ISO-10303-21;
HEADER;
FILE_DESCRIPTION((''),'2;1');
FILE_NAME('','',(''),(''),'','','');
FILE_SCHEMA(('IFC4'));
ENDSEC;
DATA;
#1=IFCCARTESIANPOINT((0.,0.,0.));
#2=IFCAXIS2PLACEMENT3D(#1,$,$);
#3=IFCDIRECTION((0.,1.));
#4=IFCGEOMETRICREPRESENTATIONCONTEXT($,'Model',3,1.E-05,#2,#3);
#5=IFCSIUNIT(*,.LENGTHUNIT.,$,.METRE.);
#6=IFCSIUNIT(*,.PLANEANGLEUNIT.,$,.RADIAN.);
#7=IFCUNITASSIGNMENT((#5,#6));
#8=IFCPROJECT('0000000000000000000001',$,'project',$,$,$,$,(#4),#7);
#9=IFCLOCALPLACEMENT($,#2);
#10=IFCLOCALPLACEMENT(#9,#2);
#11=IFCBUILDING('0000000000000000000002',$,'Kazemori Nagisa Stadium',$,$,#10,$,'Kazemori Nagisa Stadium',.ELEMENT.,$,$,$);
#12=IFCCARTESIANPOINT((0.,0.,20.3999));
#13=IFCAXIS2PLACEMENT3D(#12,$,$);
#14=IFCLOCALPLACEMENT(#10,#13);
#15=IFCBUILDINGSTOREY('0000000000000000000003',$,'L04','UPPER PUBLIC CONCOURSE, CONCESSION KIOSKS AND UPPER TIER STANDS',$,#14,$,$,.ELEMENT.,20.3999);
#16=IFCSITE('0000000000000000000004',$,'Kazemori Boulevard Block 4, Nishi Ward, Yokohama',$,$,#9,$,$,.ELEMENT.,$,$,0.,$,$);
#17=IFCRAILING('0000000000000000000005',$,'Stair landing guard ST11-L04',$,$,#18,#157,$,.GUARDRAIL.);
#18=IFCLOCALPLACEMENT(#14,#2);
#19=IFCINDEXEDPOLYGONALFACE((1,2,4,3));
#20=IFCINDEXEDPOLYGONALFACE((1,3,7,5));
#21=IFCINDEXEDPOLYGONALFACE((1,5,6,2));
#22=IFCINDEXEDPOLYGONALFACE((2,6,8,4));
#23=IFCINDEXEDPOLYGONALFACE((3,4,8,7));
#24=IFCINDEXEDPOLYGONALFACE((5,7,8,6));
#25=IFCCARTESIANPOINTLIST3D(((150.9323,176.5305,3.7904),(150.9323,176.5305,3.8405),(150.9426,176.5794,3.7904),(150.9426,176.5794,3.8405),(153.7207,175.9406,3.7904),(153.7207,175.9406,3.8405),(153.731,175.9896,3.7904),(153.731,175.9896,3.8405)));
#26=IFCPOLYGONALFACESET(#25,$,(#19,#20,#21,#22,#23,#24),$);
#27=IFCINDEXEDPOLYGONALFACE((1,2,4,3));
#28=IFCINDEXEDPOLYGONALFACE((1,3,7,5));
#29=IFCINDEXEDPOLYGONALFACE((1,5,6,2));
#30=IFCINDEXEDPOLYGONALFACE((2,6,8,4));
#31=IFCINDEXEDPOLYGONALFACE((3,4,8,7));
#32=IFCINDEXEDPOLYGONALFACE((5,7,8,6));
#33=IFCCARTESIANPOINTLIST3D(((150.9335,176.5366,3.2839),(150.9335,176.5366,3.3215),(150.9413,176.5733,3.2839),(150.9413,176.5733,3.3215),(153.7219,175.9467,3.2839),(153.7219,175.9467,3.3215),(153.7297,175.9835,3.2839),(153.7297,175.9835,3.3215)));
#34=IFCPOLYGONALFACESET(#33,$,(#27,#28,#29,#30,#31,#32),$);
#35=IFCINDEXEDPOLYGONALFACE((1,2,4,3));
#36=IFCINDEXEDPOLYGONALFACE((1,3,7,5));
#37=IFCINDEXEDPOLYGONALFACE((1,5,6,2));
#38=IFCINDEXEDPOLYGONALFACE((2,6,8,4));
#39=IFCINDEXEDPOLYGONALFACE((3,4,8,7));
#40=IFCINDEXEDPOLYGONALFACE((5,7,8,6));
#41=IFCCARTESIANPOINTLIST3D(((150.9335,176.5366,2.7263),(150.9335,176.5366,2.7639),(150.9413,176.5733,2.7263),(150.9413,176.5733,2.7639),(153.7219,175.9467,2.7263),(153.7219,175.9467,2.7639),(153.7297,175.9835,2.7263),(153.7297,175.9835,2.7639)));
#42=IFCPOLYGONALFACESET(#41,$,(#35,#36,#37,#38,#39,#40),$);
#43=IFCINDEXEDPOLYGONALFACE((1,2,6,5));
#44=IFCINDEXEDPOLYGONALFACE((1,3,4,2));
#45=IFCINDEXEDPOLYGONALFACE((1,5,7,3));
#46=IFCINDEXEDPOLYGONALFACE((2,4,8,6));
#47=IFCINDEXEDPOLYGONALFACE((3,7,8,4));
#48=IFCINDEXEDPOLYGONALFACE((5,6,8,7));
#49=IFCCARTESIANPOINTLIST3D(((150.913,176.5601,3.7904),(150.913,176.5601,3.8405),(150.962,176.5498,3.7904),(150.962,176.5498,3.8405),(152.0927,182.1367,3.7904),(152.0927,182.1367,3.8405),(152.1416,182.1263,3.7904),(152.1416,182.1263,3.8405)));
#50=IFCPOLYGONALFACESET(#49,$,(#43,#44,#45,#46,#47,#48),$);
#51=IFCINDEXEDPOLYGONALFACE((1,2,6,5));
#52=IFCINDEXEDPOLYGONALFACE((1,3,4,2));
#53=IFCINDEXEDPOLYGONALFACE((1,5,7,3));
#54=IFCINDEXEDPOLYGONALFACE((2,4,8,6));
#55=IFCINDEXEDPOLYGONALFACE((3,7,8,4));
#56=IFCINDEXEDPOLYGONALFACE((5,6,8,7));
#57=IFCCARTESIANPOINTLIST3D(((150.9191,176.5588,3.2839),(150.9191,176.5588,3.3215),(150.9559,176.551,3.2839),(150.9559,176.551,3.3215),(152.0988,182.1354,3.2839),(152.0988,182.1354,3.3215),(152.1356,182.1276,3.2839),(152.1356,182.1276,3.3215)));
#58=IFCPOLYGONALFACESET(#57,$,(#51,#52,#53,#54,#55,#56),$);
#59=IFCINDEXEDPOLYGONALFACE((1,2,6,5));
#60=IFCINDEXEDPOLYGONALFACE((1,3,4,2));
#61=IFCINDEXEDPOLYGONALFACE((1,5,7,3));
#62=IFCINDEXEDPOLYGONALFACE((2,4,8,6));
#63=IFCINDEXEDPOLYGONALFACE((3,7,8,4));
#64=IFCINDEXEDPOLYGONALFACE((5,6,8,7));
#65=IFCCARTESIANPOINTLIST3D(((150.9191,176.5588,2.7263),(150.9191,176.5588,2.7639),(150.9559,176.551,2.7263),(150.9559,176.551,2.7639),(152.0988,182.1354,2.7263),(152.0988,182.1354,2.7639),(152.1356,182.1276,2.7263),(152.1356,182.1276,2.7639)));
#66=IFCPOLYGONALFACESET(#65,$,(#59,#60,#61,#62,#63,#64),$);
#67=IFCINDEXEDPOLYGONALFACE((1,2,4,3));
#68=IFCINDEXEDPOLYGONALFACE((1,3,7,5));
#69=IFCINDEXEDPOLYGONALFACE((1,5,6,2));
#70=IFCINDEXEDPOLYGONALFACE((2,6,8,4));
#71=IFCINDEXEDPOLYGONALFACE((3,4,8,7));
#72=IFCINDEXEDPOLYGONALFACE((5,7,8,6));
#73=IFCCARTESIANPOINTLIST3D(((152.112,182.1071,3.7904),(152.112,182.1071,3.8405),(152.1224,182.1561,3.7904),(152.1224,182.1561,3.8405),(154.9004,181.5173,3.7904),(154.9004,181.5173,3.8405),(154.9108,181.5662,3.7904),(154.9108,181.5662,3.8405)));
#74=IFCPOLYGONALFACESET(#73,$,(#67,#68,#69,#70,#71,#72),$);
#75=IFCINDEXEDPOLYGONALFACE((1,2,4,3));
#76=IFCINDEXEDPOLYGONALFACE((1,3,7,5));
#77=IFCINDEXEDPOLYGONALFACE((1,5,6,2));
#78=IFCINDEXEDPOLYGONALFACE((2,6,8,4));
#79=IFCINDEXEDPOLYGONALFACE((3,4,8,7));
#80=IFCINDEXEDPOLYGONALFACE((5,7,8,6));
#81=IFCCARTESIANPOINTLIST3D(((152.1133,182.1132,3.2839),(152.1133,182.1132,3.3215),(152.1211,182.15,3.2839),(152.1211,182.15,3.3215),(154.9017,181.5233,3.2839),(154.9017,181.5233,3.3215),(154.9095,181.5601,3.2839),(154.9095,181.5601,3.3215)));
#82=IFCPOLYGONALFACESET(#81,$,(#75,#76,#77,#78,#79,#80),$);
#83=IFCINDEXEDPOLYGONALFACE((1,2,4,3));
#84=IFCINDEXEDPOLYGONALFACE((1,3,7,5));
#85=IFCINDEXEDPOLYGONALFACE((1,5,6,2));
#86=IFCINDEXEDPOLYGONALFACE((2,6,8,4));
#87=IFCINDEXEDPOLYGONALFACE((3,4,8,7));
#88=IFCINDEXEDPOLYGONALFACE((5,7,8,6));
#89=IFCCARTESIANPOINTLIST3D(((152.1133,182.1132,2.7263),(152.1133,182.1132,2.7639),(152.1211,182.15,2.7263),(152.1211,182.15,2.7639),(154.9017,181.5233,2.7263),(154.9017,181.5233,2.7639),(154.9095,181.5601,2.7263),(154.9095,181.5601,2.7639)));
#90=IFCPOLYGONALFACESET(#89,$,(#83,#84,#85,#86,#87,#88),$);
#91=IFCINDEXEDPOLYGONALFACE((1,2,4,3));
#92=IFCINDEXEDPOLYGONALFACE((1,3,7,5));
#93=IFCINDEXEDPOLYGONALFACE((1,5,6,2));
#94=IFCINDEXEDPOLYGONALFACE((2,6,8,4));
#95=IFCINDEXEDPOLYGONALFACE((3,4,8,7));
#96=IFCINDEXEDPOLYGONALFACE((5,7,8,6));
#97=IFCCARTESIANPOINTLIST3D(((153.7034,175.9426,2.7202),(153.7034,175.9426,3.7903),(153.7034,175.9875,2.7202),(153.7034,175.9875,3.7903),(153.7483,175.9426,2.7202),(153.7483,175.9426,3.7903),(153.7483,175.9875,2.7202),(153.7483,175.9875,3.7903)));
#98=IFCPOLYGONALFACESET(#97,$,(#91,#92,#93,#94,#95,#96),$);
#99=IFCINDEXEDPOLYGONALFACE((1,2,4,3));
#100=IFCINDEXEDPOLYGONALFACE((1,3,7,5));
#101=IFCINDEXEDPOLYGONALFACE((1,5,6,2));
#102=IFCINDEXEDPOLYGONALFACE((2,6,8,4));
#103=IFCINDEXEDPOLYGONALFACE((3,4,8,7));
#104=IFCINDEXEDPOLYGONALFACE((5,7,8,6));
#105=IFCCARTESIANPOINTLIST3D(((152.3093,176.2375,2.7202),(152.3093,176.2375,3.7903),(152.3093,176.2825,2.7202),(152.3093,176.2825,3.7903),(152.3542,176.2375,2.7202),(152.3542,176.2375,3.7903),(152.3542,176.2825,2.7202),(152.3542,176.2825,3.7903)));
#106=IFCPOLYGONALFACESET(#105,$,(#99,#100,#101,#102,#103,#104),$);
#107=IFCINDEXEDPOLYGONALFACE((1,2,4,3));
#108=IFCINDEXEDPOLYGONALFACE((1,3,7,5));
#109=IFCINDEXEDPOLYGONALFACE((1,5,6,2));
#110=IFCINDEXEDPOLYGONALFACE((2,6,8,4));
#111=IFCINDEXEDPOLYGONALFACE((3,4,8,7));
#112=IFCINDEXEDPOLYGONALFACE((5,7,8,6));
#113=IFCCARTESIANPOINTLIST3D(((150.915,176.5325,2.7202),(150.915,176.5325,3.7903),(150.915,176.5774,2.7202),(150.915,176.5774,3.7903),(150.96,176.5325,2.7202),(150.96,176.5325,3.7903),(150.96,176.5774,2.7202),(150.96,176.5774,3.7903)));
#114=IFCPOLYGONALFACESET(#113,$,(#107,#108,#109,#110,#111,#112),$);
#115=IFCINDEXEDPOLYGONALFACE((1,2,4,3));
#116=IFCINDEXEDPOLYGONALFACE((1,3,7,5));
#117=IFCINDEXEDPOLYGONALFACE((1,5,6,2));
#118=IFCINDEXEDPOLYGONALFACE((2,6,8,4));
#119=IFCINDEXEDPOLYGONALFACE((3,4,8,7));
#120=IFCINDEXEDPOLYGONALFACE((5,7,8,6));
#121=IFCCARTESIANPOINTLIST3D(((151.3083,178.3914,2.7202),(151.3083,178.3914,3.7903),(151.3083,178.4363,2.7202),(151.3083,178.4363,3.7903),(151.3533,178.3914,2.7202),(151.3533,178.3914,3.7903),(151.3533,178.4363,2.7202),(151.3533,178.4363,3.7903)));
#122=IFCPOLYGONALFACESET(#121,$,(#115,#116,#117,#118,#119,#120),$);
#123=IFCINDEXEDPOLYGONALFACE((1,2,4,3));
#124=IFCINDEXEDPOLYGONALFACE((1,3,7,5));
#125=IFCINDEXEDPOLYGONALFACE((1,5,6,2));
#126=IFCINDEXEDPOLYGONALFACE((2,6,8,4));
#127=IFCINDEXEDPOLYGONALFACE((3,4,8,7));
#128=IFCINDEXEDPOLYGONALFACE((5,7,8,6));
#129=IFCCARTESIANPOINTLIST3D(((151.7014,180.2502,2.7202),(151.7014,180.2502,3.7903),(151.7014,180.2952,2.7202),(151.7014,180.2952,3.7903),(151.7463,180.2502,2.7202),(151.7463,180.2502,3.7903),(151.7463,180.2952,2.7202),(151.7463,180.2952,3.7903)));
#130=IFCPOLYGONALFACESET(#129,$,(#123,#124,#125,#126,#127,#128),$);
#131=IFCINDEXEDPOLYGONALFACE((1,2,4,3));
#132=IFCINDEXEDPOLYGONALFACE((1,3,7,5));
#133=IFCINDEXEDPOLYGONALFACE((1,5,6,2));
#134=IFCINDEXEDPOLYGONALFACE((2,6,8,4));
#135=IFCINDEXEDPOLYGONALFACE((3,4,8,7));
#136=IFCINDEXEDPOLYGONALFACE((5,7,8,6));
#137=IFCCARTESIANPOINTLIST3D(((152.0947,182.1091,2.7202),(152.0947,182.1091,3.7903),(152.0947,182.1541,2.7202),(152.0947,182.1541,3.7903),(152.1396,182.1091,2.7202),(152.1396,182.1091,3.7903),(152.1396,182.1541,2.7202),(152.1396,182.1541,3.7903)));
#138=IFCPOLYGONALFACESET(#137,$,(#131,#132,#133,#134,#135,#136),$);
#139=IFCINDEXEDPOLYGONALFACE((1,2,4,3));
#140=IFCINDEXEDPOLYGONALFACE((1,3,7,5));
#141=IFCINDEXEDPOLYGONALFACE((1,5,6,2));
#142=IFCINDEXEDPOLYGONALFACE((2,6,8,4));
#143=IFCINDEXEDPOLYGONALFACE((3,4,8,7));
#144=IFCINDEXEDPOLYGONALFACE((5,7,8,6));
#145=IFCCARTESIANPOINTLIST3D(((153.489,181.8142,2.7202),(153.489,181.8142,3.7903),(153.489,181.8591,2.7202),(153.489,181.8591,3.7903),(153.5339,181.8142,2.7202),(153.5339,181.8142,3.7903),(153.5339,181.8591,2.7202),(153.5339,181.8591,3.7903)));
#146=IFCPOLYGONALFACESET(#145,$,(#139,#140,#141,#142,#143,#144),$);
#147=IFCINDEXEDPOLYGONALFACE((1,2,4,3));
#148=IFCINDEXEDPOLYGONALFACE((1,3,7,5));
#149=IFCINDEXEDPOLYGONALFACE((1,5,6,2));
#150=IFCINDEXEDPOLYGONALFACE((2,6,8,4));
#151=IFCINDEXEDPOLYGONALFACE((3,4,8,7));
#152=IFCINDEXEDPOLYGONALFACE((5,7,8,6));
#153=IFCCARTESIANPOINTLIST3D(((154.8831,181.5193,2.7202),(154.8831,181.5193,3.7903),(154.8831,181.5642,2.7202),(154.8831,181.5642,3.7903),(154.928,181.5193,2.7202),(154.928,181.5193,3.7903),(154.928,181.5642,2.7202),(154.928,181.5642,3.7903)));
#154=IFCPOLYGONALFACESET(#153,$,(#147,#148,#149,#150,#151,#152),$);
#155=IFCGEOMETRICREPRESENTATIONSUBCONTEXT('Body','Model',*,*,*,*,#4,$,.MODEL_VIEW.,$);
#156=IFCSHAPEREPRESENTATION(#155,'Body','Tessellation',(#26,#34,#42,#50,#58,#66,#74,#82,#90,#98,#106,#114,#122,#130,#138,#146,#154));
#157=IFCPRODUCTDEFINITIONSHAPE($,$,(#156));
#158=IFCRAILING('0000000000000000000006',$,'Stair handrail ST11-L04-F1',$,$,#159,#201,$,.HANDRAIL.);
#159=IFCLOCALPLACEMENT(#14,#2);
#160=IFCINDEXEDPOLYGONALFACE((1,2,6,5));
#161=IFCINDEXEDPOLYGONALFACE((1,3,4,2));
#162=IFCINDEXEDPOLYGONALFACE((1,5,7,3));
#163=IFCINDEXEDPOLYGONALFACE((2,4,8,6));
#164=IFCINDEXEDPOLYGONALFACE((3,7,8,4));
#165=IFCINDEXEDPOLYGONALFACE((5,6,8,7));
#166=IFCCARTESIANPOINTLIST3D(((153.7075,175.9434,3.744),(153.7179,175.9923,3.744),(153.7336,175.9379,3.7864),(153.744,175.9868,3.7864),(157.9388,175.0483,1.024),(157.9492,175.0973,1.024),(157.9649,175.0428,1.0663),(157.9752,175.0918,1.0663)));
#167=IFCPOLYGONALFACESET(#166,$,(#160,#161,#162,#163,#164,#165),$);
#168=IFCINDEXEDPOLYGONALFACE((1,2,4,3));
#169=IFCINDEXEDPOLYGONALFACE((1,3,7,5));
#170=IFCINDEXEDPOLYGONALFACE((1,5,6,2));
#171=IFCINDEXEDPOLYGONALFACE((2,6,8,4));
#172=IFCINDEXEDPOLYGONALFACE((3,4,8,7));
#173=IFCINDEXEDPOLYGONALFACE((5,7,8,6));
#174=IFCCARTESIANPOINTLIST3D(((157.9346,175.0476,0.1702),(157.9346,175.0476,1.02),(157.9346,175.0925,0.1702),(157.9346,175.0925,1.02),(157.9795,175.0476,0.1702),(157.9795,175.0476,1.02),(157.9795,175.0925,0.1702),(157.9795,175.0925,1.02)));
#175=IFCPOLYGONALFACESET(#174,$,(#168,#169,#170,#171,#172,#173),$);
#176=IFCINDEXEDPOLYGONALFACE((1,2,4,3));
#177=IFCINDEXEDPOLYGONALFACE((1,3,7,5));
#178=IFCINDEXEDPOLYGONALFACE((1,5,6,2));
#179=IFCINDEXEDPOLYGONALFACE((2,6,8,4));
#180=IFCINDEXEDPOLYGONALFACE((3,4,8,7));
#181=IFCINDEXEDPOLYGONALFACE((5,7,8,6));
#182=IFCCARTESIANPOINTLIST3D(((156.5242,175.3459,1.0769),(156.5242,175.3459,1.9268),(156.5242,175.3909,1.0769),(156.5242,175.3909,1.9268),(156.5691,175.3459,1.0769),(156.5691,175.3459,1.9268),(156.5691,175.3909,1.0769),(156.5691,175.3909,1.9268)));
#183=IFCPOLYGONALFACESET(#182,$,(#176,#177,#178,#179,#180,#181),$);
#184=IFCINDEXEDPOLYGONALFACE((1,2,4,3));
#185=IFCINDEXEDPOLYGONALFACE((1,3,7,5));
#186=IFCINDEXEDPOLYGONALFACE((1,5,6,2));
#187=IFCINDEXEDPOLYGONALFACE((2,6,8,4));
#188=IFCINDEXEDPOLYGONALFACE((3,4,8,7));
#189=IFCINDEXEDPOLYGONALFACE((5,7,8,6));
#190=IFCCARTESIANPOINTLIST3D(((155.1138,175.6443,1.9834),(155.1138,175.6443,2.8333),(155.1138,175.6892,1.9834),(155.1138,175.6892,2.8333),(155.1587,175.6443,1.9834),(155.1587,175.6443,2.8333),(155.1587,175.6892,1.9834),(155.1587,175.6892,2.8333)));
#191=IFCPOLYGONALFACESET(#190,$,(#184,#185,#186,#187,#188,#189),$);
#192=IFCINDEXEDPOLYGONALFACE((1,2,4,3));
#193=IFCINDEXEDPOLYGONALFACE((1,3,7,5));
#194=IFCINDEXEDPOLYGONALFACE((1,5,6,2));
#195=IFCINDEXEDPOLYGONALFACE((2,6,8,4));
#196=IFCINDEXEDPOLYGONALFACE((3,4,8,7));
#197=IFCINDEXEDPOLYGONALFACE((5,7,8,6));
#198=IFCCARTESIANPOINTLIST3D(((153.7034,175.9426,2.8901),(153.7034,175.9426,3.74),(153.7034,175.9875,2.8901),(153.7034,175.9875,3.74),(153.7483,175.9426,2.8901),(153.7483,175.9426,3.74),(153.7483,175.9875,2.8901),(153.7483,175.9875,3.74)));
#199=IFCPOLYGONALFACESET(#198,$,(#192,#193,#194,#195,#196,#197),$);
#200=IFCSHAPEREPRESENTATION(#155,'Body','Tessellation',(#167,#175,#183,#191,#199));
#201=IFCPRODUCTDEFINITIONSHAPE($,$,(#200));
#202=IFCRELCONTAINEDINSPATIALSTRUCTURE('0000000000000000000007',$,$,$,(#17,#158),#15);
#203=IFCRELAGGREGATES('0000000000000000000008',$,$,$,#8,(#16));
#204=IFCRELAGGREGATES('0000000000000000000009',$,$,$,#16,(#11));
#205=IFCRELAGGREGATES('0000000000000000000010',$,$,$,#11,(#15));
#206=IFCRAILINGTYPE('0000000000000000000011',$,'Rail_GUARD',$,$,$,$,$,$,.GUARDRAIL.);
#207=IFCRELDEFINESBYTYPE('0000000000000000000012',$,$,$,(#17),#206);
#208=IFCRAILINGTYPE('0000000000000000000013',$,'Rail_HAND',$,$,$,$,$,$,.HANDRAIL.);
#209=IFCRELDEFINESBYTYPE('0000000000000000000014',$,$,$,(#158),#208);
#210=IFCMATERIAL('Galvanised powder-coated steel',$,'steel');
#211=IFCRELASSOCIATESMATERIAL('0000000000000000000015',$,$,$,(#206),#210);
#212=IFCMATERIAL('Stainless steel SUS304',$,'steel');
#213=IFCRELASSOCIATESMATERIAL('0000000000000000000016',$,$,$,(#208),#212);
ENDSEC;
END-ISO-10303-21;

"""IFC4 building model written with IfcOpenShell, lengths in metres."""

from ifc_helpers import new_model, si_unit, direction, frame, origin, origin_2d, place, context, subcontext, project, spatial, rectangle, extrude, material, type_object, element, save


model = new_model("IFC4")

# Units and contexts
model_context = context("Model", 3, precision=1e-05, world=origin(), true_north=direction((0.0, 1.0)))
body_context = subcontext(model_context, "Body", "Model", "MODEL_VIEW")
ifc_project = project(units=[si_unit("LENGTHUNIT", "METRE"), si_unit("PLANEANGLEUNIT", "RADIAN")], contexts=[model_context])

# Site, building, storey
site_placement = place(None, origin())
site = spatial("IfcSite", under=ifc_project, at=site_placement, Name="Kazemori Boulevard Block 4, Nishi Ward, Yokohama", CompositionType="ELEMENT", RefElevation=0.0)
building_placement = place(site_placement, origin())
building = spatial("IfcBuilding", under=site, at=building_placement, Name="Kazemori Nagisa Stadium", LongName="Kazemori Nagisa Stadium", CompositionType="ELEMENT")
storey_placement = place(building_placement, frame((0.0, 0.0, 20.3999)))
storey = spatial("IfcBuildingStorey", under=building, at=storey_placement, Name="L04", Description="UPPER PUBLIC CONCOURSE, CONCESSION KIOSKS AND UPPER TIER STANDS", CompositionType="ELEMENT", Elevation=20.3999)

# Shared definitions
ifc_material_1 = material(Name="Stainless steel SUS304", Category="steel")

# Railings
ifc_material_2 = material(Name="Galvanised powder-coated steel", Category="steel")
railing_type_1 = type_object("IfcRailingType", Name="Rail_GUARD", PredefinedType="GUARDRAIL", material=ifc_material_2)
railing_1_placement = place(storey_placement, frame((153.7258, 175.9651, 2.7202)))
element("IfcRailing", 1, at=railing_1_placement, inside=storey, type_object=railing_type_1, Name="Stair landing guard ST11-L04", PredefinedType="GUARDRAIL", context=body_context, shape_type="SweptSolid", body=[
    extrude(rectangle(XDim=0.05, YDim=0.05, at=origin_2d()), frame((0.0, 0.0, 1.0952), z_axis=(-0.978349, 0.20696, 0.0), x_axis=(-0.20696, -0.978349, 0.0)), (0.0, 0.0, 1.0), 2.8501),
    extrude(rectangle(XDim=0.0376, YDim=0.0376, at=origin_2d()), frame((0.0, 0.0, 0.5825), z_axis=(-0.978349, 0.20696, 0.0), x_axis=(-0.20696, -0.978349, 0.0)), (0.0, 0.0, 1.0), 2.8501),
    extrude(rectangle(XDim=0.0376, YDim=0.0376, at=origin_2d()), frame((0.0, 0.0, 0.0249), z_axis=(-0.978349, 0.20696, 0.0), x_axis=(-0.20696, -0.978349, 0.0)), (0.0, 0.0, 1.0), 2.8501),
    extrude(rectangle(XDim=0.05, YDim=0.05, at=origin_2d()), frame((-2.7883, 0.5898, 1.0952), z_axis=(0.20696, 0.978349, 0.0), x_axis=(-0.978349, 0.20696, 0.0)), (0.0, 0.0, 1.0), 5.7),
    extrude(rectangle(XDim=0.0376, YDim=0.0376, at=origin_2d()), frame((-2.7883, 0.5898, 0.5825), z_axis=(0.20696, 0.978349, 0.0), x_axis=(-0.978349, 0.20696, 0.0)), (0.0, 0.0, 1.0), 5.7),
    extrude(rectangle(XDim=0.0376, YDim=0.0376, at=origin_2d()), frame((-2.7883, 0.5898, 0.0249), z_axis=(0.20696, 0.978349, 0.0), x_axis=(-0.978349, 0.20696, 0.0)), (0.0, 0.0, 1.0), 5.7),
    extrude(rectangle(XDim=0.05, YDim=0.05, at=origin_2d()), frame((-1.6086, 6.1665, 1.0952), z_axis=(0.978349, -0.20696, 0.0), x_axis=(0.20696, 0.978349, 0.0)), (0.0, 0.0, 1.0), 2.8501),
    extrude(rectangle(XDim=0.0376, YDim=0.0376, at=origin_2d()), frame((-1.6086, 6.1665, 0.5825), z_axis=(0.978349, -0.20696, 0.0), x_axis=(0.20696, 0.978349, 0.0)), (0.0, 0.0, 1.0), 2.8501),
    extrude(rectangle(XDim=0.0376, YDim=0.0376, at=origin_2d()), frame((-1.6086, 6.1665, 0.0249), z_axis=(0.978349, -0.20696, 0.0), x_axis=(0.20696, 0.978349, 0.0)), (0.0, 0.0, 1.0), 2.8501),
    extrude(rectangle(XDim=0.0449, YDim=0.0449, at=origin_2d()), origin(), (0.0, 0.0, 1.0), 1.0701),
    extrude(rectangle(XDim=0.0449, YDim=0.0449, at=origin_2d()), frame((-1.394, 0.2949, 0.0)), (0.0, 0.0, 1.0), 1.0701),
    extrude(rectangle(XDim=0.0449, YDim=0.0449, at=origin_2d()), frame((-2.7883, 0.5898, 0.0)), (0.0, 0.0, 1.0), 1.0701),
    extrude(rectangle(XDim=0.0449, YDim=0.0449, at=origin_2d()), frame((-2.395, 2.4487, 0.0)), (0.0, 0.0, 1.0), 1.0701),
    extrude(rectangle(XDim=0.0449, YDim=0.0449, at=origin_2d()), frame((-2.002, 4.3076, 0.0)), (0.0, 0.0, 1.0), 1.0701),
    extrude(rectangle(XDim=0.0449, YDim=0.0449, at=origin_2d()), frame((-1.6086, 6.1665, 0.0)), (0.0, 0.0, 1.0), 1.0701),
    extrude(rectangle(XDim=0.0449, YDim=0.0449, at=origin_2d()), frame((-0.2144, 5.8716, 0.0)), (0.0, 0.0, 1.0), 1.0701),
    extrude(rectangle(XDim=0.0449, YDim=0.0449, at=origin_2d()), frame((1.1797, 5.5767, 0.0)), (0.0, 0.0, 1.0), 1.0701),
])
railing_type_2 = type_object("IfcRailingType", Name="Rail_HAND", PredefinedType="HANDRAIL", material=ifc_material_1)
railing_2_placement = place(storey_placement, frame((157.957, 175.0701, 0.1702)))
element("IfcRailing", 2, at=railing_2_placement, inside=storey, type_object=railing_type_2, Name="Stair handrail ST11-L04-F1", PredefinedType="HANDRAIL", context=body_context, shape_type="SweptSolid", body=[
    extrude(rectangle(XDim=0.05, YDim=0.05, at=origin_2d()), frame((0.0, 0.0, 0.875), z_axis=(-0.828178, 0.175183, 0.532383), x_axis=(-0.206949, -0.978352, 0.0)), (0.0, 0.0, 1.0), 5.1091),
    extrude(rectangle(XDim=0.0449, YDim=0.0449, at=origin_2d()), origin(), (0.0, 0.0, 1.0), 0.8499),
    extrude(rectangle(XDim=0.0449, YDim=0.0449, at=origin_2d()), frame((-1.4104, 0.2983, 0.9067)), (0.0, 0.0, 1.0), 0.8499),
    extrude(rectangle(XDim=0.0449, YDim=0.0449, at=origin_2d()), frame((-2.8208, 0.5967, 1.8132)), (0.0, 0.0, 1.0), 0.8499),
    extrude(rectangle(XDim=0.0449, YDim=0.0449, at=origin_2d()), frame((-4.2312, 0.895, 2.72)), (0.0, 0.0, 1.0), 0.8499),
])

save(model, "model.ifc")
